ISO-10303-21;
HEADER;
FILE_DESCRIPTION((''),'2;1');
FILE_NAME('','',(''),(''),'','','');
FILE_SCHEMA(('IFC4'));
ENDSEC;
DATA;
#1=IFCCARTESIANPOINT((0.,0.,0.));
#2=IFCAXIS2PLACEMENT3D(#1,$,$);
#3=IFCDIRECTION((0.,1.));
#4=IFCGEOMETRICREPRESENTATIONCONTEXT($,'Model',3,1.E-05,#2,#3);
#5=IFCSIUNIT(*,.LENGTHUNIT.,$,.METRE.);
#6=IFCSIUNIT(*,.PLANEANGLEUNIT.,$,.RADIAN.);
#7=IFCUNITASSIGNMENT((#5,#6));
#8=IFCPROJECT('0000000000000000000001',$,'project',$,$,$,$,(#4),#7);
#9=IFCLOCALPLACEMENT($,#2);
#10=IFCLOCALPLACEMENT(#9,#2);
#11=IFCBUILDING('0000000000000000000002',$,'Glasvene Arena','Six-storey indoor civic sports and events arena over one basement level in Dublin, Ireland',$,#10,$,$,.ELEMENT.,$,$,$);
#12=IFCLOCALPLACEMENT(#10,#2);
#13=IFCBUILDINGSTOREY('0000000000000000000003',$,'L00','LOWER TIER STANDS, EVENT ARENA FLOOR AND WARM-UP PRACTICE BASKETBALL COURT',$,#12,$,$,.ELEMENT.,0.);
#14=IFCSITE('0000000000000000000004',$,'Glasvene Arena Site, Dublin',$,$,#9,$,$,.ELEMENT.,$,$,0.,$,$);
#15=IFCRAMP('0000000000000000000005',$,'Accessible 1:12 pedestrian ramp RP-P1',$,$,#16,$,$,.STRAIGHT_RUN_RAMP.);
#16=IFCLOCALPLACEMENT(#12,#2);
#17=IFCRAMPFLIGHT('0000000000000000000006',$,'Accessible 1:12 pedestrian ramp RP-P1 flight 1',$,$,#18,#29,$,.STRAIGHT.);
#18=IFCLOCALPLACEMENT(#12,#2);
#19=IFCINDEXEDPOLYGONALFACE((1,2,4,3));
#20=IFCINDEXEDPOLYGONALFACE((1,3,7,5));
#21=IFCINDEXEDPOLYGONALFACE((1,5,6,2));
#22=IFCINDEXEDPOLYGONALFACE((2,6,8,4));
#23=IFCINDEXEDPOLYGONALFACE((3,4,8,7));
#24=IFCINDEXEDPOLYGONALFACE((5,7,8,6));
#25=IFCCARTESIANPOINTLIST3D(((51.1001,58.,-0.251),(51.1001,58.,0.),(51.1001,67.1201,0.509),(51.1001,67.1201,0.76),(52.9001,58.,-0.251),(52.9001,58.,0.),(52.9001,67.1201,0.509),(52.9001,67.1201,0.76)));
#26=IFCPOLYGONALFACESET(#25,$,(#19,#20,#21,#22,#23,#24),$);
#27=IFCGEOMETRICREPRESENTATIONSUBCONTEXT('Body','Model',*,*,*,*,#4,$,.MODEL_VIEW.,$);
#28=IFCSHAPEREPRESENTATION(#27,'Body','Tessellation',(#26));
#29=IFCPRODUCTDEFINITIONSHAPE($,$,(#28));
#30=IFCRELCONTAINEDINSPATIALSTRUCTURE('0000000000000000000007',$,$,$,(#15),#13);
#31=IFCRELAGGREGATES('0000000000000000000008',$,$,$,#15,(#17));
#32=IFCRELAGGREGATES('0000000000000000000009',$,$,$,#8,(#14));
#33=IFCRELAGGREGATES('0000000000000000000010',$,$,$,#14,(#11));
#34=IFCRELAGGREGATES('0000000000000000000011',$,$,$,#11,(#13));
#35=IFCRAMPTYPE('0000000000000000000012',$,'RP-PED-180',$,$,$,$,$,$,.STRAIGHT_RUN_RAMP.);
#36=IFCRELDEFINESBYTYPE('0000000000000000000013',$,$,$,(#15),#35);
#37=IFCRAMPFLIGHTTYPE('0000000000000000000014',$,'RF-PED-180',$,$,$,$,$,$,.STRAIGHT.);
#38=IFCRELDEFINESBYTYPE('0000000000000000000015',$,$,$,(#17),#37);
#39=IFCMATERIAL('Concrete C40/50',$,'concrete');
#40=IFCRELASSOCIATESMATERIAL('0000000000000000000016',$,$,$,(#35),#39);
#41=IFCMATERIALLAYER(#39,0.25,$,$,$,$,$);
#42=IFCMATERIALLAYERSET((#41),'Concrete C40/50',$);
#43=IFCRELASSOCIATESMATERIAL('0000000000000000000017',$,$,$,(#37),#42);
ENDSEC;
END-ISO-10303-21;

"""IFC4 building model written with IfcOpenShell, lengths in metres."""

from ifc_helpers import new_model, si_unit, direction, frame, origin, place, context, subcontext, project, spatial, polyline, outline, extrude, material, layer, layer_set, type_object, element, aggregate, save


model = new_model("IFC4")

# Units and contexts
model_context = context("Model", 3, precision=1e-05, world=origin(), true_north=direction((0.0, 1.0)))
body_context = subcontext(model_context, "Body", "Model", "MODEL_VIEW")
ifc_project = project(units=[si_unit("LENGTHUNIT", "METRE"), si_unit("PLANEANGLEUNIT", "RADIAN")], contexts=[model_context])

# Site, building, storey
site_placement = place(None, origin())
site = spatial("IfcSite", under=ifc_project, at=site_placement, Name="Glasvene Arena Site, Dublin", CompositionType="ELEMENT", RefElevation=0.0)
building_placement = place(site_placement, origin())
building = spatial("IfcBuilding", under=site, at=building_placement, Name="Glasvene Arena", Description="Six-storey indoor civic sports and events arena over one basement level in Dublin, Ireland", CompositionType="ELEMENT")
storey_placement = place(building_placement, origin())
storey = spatial("IfcBuildingStorey", under=building, at=storey_placement, Name="L00", Description="LOWER TIER STANDS, EVENT ARENA FLOOR AND WARM-UP PRACTICE BASKETBALL COURT", CompositionType="ELEMENT", Elevation=0.0)

# Shared definitions
ifc_material_1 = material(Name="Concrete C40/50", Category="concrete")

# Ramp, ramp flight
ramp_type = type_object("IfcRampType", Name="RP-PED-180", PredefinedType="STRAIGHT_RUN_RAMP", material=ifc_material_1)
ramp_placement = place(storey_placement, origin())
ramp = element("IfcRamp", 1, at=ramp_placement, inside=storey, type_object=ramp_type, Name="Accessible 1:12 pedestrian ramp RP-P1", PredefinedType="STRAIGHT_RUN_RAMP")
ifc_layer_1 = layer(ifc_material_1, 0.25)
ifc_layer_set_1 = layer_set([ifc_layer_1], Name="Concrete C40/50")
ramp_flight_type = type_object("IfcRampFlightType", Name="RF-PED-180", PredefinedType="STRAIGHT", material=ifc_layer_set_1)
ramp_flight_placement = place(storey_placement, frame((52.0, 58.0, 0.0), z_axis=(0.0, 0.0, 1.0), x_axis=(0.0, 1.0, 0.0)))
ramp_flight = element("IfcRampFlight", 2, at=ramp_flight_placement, type_object=ramp_flight_type, Name="Accessible 1:12 pedestrian ramp RP-P1 flight 1", PredefinedType="STRAIGHT", context=body_context, shape_type="SweptSolid", body=[
    extrude(outline(polyline([(0.0, -0.251), (9.1201, 0.509), (9.1201, 0.76), (0.0, 0.0), (0.0, -0.251)])), frame((0.0, 0.8999, 0.0), z_axis=(0.0, -1.0, 0.0), x_axis=(1.0, 0.0, 0.0)), (0.0, 0.0, 1.0), 1.8),
])
aggregate(ramp, [ramp_flight])

save(model, "model.ifc")
